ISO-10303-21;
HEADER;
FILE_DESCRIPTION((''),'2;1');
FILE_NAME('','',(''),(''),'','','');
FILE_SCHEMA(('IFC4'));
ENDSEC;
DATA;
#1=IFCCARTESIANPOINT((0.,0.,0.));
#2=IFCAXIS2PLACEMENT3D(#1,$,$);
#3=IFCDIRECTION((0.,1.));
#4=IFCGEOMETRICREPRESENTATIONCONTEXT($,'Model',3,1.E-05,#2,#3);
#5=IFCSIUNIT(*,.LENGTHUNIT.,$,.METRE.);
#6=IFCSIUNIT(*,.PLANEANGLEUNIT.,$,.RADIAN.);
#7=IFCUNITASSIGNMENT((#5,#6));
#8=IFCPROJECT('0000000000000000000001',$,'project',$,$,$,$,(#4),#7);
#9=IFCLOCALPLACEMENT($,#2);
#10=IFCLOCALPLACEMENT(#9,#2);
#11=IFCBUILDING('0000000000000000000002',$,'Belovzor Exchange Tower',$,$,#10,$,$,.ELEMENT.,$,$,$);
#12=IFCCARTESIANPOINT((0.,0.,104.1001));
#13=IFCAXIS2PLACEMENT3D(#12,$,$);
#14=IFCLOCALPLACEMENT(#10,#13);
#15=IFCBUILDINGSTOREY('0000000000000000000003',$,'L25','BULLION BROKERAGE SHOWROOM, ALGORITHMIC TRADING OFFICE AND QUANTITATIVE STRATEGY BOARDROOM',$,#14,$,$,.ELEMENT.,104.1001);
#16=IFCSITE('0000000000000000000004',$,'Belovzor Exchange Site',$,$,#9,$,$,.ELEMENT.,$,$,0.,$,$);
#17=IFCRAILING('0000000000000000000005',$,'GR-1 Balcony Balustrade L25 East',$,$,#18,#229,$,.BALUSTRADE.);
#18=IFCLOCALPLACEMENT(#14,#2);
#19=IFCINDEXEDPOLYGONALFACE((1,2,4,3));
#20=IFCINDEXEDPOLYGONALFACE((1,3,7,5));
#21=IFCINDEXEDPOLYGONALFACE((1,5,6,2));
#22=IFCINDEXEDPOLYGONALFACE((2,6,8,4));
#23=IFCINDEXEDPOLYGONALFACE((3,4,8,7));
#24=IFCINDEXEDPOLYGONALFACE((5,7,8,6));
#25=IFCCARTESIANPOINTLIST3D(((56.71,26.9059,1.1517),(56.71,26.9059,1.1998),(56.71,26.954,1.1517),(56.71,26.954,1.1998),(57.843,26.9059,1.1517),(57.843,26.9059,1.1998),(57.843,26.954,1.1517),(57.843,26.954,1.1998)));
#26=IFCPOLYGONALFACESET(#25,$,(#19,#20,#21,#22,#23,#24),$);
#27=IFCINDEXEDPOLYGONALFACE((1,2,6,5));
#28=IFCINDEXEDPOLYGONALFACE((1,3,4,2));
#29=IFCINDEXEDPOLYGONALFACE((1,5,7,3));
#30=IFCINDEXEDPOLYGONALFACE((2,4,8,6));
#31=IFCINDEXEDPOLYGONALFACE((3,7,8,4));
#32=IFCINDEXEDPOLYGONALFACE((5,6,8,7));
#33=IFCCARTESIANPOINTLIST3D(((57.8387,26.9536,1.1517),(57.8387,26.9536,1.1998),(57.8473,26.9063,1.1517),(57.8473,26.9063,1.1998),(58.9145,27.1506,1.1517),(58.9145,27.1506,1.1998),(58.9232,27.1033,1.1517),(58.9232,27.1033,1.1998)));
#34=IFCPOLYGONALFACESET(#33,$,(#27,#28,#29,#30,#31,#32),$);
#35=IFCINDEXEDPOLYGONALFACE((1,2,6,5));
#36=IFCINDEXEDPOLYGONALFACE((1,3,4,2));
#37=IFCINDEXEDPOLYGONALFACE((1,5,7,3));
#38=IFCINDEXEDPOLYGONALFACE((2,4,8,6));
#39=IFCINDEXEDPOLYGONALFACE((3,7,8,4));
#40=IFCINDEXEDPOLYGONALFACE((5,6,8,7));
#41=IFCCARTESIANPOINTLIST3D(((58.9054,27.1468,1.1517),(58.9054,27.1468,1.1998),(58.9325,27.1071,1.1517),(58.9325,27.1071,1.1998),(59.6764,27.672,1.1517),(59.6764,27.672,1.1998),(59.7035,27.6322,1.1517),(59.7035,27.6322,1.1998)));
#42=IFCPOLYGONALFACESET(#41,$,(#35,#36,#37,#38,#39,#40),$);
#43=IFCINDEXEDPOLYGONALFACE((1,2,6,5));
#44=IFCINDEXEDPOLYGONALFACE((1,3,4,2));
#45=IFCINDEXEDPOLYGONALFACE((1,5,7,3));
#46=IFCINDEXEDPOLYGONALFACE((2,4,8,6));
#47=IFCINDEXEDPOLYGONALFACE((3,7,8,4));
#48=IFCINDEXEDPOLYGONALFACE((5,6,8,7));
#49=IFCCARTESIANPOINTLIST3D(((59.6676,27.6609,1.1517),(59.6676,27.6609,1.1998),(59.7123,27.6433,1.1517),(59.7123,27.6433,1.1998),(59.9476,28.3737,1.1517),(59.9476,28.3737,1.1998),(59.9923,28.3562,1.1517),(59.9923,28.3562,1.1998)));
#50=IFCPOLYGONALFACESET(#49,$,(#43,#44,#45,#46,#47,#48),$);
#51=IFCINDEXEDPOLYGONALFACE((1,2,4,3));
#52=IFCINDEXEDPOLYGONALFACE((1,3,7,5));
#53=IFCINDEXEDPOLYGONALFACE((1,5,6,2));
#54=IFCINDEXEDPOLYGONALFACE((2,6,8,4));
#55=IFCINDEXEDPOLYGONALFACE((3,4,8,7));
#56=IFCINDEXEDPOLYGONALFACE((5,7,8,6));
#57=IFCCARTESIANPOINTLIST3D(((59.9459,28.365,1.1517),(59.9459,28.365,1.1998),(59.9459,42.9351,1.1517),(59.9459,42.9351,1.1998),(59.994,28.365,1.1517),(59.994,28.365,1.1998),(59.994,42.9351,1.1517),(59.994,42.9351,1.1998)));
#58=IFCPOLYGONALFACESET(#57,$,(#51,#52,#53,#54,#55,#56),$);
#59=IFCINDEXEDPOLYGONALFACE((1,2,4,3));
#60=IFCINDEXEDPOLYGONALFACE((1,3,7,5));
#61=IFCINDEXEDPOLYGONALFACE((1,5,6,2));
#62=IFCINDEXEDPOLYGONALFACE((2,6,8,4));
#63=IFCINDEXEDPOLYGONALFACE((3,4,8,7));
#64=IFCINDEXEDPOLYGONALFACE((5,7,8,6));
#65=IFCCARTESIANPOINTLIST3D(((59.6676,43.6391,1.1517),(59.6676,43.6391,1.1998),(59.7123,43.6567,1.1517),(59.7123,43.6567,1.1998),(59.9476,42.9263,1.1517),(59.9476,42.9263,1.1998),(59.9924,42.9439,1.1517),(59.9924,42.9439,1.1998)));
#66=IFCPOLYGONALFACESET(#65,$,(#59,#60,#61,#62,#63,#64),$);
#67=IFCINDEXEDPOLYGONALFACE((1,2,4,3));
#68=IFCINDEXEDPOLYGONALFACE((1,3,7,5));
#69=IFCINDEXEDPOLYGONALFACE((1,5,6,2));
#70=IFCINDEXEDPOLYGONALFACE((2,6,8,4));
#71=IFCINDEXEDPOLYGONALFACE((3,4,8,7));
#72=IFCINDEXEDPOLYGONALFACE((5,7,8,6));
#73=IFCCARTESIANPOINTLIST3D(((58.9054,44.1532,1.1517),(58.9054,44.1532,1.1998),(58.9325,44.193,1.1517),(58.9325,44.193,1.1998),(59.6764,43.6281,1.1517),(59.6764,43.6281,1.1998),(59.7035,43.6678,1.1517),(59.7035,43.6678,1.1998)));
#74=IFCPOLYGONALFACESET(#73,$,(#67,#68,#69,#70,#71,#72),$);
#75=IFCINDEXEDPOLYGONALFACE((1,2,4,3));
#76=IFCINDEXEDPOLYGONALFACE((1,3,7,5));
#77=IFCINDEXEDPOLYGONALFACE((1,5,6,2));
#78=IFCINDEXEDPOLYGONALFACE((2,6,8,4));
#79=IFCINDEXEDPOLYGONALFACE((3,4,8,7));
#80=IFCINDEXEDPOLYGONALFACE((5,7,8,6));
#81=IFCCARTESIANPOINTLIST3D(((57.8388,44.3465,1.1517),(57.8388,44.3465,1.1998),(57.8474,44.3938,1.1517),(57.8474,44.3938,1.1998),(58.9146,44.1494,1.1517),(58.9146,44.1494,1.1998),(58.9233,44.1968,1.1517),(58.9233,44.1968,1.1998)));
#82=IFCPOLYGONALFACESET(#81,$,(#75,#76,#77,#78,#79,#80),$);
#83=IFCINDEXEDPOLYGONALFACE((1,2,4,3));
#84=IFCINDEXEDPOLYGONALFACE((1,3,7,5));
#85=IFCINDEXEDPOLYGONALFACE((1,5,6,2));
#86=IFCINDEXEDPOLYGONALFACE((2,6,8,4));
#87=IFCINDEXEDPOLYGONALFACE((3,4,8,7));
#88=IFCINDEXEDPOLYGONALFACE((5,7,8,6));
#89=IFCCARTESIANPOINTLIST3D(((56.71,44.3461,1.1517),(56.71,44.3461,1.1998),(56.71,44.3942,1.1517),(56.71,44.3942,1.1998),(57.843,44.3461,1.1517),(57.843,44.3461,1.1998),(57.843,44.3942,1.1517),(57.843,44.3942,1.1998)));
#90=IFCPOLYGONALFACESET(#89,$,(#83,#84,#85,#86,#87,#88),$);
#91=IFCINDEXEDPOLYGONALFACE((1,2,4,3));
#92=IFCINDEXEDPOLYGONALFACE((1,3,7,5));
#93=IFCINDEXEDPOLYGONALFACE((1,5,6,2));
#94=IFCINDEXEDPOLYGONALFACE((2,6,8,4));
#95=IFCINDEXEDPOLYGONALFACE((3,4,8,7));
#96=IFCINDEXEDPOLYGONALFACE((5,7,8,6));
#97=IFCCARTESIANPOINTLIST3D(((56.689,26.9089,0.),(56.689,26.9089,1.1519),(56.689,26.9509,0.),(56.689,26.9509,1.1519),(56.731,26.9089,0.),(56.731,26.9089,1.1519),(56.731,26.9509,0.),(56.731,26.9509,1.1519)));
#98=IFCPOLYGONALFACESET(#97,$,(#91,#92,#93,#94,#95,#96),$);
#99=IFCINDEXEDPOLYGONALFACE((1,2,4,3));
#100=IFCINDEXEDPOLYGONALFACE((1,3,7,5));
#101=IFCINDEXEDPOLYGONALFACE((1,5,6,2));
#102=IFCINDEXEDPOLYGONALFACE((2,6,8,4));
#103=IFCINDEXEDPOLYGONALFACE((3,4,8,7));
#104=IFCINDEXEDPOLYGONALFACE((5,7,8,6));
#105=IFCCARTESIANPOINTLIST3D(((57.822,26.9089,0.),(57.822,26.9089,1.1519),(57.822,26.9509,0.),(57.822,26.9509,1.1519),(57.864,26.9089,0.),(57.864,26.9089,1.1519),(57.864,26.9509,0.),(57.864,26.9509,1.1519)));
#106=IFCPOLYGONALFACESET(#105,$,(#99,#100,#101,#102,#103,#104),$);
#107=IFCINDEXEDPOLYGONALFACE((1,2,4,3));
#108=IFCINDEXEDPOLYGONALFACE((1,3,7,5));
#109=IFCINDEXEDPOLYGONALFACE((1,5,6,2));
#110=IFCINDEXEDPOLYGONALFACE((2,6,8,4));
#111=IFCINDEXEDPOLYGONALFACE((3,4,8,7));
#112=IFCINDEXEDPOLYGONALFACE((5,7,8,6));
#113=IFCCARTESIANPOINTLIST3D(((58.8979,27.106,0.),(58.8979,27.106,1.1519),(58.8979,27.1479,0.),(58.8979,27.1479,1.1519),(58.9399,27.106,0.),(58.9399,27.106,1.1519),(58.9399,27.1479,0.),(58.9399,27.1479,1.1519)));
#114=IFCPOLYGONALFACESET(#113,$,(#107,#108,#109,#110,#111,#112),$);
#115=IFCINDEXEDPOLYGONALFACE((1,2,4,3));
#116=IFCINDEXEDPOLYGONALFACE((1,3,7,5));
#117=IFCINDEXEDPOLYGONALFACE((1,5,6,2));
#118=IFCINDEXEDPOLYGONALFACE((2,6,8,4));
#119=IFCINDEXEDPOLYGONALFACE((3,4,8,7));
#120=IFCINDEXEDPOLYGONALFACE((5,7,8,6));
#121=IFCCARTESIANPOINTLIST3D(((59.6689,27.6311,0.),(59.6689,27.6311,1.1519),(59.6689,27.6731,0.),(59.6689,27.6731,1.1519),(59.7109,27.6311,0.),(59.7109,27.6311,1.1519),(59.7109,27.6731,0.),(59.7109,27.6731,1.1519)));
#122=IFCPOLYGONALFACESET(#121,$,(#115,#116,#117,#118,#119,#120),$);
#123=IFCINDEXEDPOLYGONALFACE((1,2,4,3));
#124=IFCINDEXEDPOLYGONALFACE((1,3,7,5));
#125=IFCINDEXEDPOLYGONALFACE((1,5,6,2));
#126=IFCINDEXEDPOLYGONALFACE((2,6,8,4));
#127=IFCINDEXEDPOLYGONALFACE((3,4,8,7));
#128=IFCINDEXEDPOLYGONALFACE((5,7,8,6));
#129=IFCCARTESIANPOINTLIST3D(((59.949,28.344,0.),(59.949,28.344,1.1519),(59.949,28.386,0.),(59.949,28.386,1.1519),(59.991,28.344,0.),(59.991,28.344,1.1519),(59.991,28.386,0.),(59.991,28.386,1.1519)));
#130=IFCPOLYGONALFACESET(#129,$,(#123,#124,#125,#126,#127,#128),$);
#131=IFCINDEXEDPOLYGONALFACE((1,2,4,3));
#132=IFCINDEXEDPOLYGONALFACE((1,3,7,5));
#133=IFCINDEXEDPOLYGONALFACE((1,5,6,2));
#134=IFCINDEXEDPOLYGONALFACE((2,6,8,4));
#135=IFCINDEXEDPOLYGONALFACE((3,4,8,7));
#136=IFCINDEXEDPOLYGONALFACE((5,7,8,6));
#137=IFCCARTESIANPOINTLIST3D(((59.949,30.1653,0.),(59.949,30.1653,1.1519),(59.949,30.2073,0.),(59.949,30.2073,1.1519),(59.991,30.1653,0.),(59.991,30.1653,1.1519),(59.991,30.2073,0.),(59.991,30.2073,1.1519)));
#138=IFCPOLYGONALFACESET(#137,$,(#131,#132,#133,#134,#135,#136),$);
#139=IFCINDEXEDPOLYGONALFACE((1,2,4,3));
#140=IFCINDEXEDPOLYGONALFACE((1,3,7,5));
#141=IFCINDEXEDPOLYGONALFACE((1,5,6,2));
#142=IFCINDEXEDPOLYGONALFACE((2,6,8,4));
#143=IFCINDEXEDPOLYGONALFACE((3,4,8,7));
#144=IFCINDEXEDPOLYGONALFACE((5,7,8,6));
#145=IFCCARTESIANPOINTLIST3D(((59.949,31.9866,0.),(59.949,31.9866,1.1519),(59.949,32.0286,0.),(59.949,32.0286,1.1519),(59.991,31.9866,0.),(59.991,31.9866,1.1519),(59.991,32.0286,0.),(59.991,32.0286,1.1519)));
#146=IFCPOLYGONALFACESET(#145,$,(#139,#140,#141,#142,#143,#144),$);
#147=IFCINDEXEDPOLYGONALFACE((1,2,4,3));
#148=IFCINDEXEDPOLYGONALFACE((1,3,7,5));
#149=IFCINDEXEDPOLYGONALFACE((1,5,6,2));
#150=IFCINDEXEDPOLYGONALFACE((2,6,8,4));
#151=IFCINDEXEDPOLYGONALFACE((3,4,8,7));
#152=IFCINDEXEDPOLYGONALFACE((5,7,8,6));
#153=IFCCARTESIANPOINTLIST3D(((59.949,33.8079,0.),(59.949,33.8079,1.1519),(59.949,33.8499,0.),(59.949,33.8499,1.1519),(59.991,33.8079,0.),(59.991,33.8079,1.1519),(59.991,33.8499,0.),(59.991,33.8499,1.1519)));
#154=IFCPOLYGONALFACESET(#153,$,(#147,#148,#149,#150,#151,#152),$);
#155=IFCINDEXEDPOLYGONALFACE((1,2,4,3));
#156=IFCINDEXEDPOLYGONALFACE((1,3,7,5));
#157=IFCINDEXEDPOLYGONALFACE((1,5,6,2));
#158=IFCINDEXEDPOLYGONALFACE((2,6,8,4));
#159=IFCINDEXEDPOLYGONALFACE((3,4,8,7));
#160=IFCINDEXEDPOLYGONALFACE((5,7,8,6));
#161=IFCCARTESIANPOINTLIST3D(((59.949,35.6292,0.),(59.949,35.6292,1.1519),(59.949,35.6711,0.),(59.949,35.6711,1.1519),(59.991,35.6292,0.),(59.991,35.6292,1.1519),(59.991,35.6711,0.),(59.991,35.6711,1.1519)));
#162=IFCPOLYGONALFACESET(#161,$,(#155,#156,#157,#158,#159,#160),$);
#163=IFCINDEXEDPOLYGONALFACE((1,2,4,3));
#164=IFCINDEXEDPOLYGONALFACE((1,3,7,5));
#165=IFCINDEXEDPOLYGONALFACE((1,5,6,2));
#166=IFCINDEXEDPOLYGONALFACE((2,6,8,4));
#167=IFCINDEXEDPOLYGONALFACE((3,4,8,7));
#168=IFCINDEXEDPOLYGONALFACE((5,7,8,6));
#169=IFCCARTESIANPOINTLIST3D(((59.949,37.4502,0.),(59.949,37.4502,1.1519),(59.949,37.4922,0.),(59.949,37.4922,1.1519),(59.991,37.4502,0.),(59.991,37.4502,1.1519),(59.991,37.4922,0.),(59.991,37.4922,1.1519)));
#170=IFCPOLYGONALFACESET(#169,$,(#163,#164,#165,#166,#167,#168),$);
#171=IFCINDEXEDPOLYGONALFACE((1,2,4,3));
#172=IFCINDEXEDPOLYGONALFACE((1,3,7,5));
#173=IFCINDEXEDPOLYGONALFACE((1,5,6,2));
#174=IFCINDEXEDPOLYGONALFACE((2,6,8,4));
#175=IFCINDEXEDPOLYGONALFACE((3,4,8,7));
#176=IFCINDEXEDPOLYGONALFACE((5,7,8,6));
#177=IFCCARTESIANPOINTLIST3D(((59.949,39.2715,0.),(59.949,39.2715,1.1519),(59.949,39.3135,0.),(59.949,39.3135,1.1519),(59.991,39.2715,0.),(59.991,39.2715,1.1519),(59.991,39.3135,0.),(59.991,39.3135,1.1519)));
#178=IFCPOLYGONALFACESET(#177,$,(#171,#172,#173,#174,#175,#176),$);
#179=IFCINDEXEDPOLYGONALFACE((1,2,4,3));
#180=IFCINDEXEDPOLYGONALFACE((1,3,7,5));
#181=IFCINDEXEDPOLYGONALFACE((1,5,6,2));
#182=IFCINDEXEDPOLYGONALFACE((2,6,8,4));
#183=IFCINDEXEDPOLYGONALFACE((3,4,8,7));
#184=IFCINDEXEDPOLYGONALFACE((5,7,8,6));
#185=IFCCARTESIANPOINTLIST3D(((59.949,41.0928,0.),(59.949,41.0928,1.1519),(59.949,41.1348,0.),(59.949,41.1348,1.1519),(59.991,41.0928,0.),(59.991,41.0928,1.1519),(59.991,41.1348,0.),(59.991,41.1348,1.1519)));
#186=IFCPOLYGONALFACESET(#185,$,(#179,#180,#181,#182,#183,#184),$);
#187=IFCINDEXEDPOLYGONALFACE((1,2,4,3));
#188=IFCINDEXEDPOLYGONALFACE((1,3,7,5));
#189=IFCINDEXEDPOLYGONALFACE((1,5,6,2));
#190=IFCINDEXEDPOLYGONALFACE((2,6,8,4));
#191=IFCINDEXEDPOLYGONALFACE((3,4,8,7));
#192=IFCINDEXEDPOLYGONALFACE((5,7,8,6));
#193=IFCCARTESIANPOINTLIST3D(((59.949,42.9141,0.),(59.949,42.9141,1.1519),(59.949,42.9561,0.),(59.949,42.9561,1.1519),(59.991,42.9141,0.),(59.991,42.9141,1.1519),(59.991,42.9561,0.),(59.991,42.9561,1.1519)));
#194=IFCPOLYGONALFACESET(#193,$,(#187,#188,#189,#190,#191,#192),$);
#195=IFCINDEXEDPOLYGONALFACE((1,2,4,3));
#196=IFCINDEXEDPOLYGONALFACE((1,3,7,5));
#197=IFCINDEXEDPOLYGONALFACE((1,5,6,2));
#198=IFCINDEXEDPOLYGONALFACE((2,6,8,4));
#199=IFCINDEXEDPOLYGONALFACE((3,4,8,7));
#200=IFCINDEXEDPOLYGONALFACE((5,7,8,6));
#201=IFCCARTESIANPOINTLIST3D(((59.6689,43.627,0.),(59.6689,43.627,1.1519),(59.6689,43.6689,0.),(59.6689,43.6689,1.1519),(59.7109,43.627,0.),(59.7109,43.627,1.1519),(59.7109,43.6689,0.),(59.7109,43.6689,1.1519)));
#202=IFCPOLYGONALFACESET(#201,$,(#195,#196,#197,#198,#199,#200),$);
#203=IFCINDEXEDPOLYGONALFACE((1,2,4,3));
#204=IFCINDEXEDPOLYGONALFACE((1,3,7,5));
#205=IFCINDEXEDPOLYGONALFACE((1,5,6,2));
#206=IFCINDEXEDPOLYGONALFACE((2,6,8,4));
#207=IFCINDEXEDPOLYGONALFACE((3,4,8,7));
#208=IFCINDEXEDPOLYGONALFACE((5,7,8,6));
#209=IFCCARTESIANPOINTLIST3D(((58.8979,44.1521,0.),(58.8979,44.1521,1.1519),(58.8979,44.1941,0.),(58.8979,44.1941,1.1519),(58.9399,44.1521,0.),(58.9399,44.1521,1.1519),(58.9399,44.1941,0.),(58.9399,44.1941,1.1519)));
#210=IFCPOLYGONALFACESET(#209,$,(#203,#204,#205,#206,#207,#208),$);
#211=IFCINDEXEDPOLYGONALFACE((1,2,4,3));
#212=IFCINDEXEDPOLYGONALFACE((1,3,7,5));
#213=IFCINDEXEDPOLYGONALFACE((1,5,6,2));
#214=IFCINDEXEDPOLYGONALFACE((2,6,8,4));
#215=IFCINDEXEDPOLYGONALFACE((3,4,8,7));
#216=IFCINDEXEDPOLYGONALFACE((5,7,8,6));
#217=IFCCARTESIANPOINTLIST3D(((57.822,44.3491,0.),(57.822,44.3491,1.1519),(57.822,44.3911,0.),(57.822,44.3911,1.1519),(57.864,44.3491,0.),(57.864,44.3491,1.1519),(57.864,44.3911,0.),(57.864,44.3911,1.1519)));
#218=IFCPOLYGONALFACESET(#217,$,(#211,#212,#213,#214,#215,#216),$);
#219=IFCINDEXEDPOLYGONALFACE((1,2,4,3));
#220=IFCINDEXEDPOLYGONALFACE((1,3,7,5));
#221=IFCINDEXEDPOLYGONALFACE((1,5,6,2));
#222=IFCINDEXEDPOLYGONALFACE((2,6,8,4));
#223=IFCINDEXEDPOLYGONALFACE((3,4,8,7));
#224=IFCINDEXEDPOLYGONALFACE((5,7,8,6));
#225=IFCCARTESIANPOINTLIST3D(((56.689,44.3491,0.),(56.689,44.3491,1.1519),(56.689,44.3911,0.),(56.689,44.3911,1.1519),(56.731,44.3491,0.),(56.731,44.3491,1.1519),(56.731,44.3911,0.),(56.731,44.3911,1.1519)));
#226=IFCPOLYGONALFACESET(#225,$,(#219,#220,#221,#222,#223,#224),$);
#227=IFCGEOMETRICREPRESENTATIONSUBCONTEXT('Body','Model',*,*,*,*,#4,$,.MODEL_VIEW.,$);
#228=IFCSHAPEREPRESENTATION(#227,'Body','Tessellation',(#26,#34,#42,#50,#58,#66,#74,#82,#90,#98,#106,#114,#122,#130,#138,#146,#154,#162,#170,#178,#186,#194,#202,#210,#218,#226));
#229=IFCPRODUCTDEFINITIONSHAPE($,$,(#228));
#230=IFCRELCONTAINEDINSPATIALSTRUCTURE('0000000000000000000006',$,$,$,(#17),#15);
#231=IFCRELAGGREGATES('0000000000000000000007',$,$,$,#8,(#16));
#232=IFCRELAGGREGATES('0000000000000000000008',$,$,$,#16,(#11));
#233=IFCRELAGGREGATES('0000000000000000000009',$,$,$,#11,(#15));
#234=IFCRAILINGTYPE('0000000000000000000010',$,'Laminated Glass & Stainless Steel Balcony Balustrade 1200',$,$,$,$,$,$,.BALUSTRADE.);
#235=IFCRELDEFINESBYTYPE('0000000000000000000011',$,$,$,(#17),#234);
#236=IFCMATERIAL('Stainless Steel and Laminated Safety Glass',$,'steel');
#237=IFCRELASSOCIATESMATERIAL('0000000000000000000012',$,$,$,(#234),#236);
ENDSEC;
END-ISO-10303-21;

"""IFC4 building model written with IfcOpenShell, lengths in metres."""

from ifc_helpers import new_model, si_unit, direction, frame, origin, origin_2d, place, context, subcontext, project, spatial, rectangle, extrude, material, type_object, element, save


model = new_model("IFC4")

# Units and contexts
model_context = context("Model", 3, precision=1e-05, world=origin(), true_north=direction((0.0, 1.0)))
body_context = subcontext(model_context, "Body", "Model", "MODEL_VIEW")
ifc_project = project(units=[si_unit("LENGTHUNIT", "METRE"), si_unit("PLANEANGLEUNIT", "RADIAN")], contexts=[model_context])

# Site, building, storey
site_placement = place(None, origin())
site = spatial("IfcSite", under=ifc_project, at=site_placement, Name="Belovzor Exchange Site", CompositionType="ELEMENT", RefElevation=0.0)
building_placement = place(site_placement, origin())
building = spatial("IfcBuilding", under=site, at=building_placement, Name="Belovzor Exchange Tower", CompositionType="ELEMENT")
storey_placement = place(building_placement, frame((0.0, 0.0, 104.1001)))
storey = spatial("IfcBuildingStorey", under=building, at=storey_placement, Name="L25", Description="BULLION BROKERAGE SHOWROOM, ALGORITHMIC TRADING OFFICE AND QUANTITATIVE STRATEGY BOARDROOM", CompositionType="ELEMENT", Elevation=104.1001)

# Railing
ifc_material_1 = material(Name="Stainless Steel and Laminated Safety Glass", Category="steel")
railing_type = type_object("IfcRailingType", Name="Laminated Glass & Stainless Steel Balcony Balustrade 1200", PredefinedType="BALUSTRADE", material=ifc_material_1)
railing_placement = place(storey_placement, frame((56.71, 26.9299, 0.0)))
element("IfcRailing", 1, at=railing_placement, inside=storey, type_object=railing_type, Name="GR-1 Balcony Balustrade L25 East", PredefinedType="BALUSTRADE", context=body_context, shape_type="SweptSolid", body=[
    extrude(rectangle(XDim=0.0481, YDim=0.0481, at=origin_2d()), frame((0.0, 0.0, 1.1758), z_axis=(1.0, 0.0, 0.0), x_axis=(0.0, 1.0, 0.0)), (0.0, 0.0, 1.0), 1.1331),
    extrude(rectangle(XDim=0.0481, YDim=0.0481, at=origin_2d()), frame((1.1331, 0.0, 1.1758), z_axis=(0.983644, 0.180123, 0.0), x_axis=(-0.180123, 0.983644, 0.0)), (0.0, 0.0, 1.0), 1.0938),
    extrude(rectangle(XDim=0.0481, YDim=0.0481, at=origin_2d()), frame((2.209, 0.197, 1.1758), z_axis=(0.826493, 0.562947, 0.0), x_axis=(-0.562947, 0.826493, 0.0)), (0.0, 0.0, 1.0), 0.9329),
    extrude(rectangle(XDim=0.0481, YDim=0.0481, at=origin_2d()), frame((2.98, 0.7222, 1.1758), z_axis=(0.365613, 0.930767, 0.0), x_axis=(-0.930767, 0.365613, 0.0)), (0.0, 0.0, 1.0), 0.7659),
    extrude(rectangle(XDim=0.0481, YDim=0.0481, at=origin_2d()), frame((3.26, 1.4351, 1.1758), z_axis=(0.0, 1.0, 0.0), x_axis=(-1.0, 0.0, 0.0)), (0.0, 0.0, 1.0), 14.5701),
    extrude(rectangle(XDim=0.0481, YDim=0.0481, at=origin_2d()), frame((3.26, 16.0051, 1.1758), z_axis=(-0.365613, 0.930767, 0.0), x_axis=(-0.930767, -0.365613, 0.0)), (0.0, 0.0, 1.0), 0.7659),
    extrude(rectangle(XDim=0.0481, YDim=0.0481, at=origin_2d()), frame((2.98, 16.718, 1.1758), z_axis=(-0.826493, 0.562947, 0.0), x_axis=(-0.562947, -0.826493, 0.0)), (0.0, 0.0, 1.0), 0.9329),
    extrude(rectangle(XDim=0.0481, YDim=0.0481, at=origin_2d()), frame((2.209, 17.2432, 1.1758), z_axis=(-0.983644, 0.180123, 0.0), x_axis=(-0.180123, -0.983644, 0.0)), (0.0, 0.0, 1.0), 1.0938),
    extrude(rectangle(XDim=0.0481, YDim=0.0481, at=origin_2d()), frame((1.1331, 17.4402, 1.1758), z_axis=(-1.0, 0.0, 0.0), x_axis=(0.0, -1.0, 0.0)), (0.0, 0.0, 1.0), 1.1331),
    extrude(rectangle(XDim=0.042, YDim=0.042, at=origin_2d()), origin(), (0.0, 0.0, 1.0), 1.1519),
    extrude(rectangle(XDim=0.042, YDim=0.042, at=origin_2d()), frame((1.1331, 0.0, 0.0)), (0.0, 0.0, 1.0), 1.1519),
    extrude(rectangle(XDim=0.042, YDim=0.042, at=origin_2d()), frame((2.209, 0.197, 0.0)), (0.0, 0.0, 1.0), 1.1519),
    extrude(rectangle(XDim=0.042, YDim=0.042, at=origin_2d()), frame((2.98, 0.7222, 0.0)), (0.0, 0.0, 1.0), 1.1519),
    extrude(rectangle(XDim=0.042, YDim=0.042, at=origin_2d()), frame((3.26, 1.4351, 0.0)), (0.0, 0.0, 1.0), 1.1519),
    extrude(rectangle(XDim=0.042, YDim=0.042, at=origin_2d()), frame((3.26, 3.2563, 0.0)), (0.0, 0.0, 1.0), 1.1519),
    extrude(rectangle(XDim=0.042, YDim=0.042, at=origin_2d()), frame((3.26, 5.0776, 0.0)), (0.0, 0.0, 1.0), 1.1519),
    extrude(rectangle(XDim=0.042, YDim=0.042, at=origin_2d()), frame((3.26, 6.8989, 0.0)), (0.0, 0.0, 1.0), 1.1519),
    extrude(rectangle(XDim=0.042, YDim=0.042, at=origin_2d()), frame((3.26, 8.7202, 0.0)), (0.0, 0.0, 1.0), 1.1519),
    extrude(rectangle(XDim=0.042, YDim=0.042, at=origin_2d()), frame((3.26, 10.5413, 0.0)), (0.0, 0.0, 1.0), 1.1519),
    extrude(rectangle(XDim=0.042, YDim=0.042, at=origin_2d()), frame((3.26, 12.3625, 0.0)), (0.0, 0.0, 1.0), 1.1519),
    extrude(rectangle(XDim=0.042, YDim=0.042, at=origin_2d()), frame((3.26, 14.1838, 0.0)), (0.0, 0.0, 1.0), 1.1519),
    extrude(rectangle(XDim=0.042, YDim=0.042, at=origin_2d()), frame((3.26, 16.0051, 0.0)), (0.0, 0.0, 1.0), 1.1519),
    extrude(rectangle(XDim=0.042, YDim=0.042, at=origin_2d()), frame((2.98, 16.718, 0.0)), (0.0, 0.0, 1.0), 1.1519),
    extrude(rectangle(XDim=0.042, YDim=0.042, at=origin_2d()), frame((2.209, 17.2432, 0.0)), (0.0, 0.0, 1.0), 1.1519),
    extrude(rectangle(XDim=0.042, YDim=0.042, at=origin_2d()), frame((1.1331, 17.4402, 0.0)), (0.0, 0.0, 1.0), 1.1519),
    extrude(rectangle(XDim=0.042, YDim=0.042, at=origin_2d()), frame((0.0, 17.4402, 0.0)), (0.0, 0.0, 1.0), 1.1519),
])

save(model, "model.ifc")
